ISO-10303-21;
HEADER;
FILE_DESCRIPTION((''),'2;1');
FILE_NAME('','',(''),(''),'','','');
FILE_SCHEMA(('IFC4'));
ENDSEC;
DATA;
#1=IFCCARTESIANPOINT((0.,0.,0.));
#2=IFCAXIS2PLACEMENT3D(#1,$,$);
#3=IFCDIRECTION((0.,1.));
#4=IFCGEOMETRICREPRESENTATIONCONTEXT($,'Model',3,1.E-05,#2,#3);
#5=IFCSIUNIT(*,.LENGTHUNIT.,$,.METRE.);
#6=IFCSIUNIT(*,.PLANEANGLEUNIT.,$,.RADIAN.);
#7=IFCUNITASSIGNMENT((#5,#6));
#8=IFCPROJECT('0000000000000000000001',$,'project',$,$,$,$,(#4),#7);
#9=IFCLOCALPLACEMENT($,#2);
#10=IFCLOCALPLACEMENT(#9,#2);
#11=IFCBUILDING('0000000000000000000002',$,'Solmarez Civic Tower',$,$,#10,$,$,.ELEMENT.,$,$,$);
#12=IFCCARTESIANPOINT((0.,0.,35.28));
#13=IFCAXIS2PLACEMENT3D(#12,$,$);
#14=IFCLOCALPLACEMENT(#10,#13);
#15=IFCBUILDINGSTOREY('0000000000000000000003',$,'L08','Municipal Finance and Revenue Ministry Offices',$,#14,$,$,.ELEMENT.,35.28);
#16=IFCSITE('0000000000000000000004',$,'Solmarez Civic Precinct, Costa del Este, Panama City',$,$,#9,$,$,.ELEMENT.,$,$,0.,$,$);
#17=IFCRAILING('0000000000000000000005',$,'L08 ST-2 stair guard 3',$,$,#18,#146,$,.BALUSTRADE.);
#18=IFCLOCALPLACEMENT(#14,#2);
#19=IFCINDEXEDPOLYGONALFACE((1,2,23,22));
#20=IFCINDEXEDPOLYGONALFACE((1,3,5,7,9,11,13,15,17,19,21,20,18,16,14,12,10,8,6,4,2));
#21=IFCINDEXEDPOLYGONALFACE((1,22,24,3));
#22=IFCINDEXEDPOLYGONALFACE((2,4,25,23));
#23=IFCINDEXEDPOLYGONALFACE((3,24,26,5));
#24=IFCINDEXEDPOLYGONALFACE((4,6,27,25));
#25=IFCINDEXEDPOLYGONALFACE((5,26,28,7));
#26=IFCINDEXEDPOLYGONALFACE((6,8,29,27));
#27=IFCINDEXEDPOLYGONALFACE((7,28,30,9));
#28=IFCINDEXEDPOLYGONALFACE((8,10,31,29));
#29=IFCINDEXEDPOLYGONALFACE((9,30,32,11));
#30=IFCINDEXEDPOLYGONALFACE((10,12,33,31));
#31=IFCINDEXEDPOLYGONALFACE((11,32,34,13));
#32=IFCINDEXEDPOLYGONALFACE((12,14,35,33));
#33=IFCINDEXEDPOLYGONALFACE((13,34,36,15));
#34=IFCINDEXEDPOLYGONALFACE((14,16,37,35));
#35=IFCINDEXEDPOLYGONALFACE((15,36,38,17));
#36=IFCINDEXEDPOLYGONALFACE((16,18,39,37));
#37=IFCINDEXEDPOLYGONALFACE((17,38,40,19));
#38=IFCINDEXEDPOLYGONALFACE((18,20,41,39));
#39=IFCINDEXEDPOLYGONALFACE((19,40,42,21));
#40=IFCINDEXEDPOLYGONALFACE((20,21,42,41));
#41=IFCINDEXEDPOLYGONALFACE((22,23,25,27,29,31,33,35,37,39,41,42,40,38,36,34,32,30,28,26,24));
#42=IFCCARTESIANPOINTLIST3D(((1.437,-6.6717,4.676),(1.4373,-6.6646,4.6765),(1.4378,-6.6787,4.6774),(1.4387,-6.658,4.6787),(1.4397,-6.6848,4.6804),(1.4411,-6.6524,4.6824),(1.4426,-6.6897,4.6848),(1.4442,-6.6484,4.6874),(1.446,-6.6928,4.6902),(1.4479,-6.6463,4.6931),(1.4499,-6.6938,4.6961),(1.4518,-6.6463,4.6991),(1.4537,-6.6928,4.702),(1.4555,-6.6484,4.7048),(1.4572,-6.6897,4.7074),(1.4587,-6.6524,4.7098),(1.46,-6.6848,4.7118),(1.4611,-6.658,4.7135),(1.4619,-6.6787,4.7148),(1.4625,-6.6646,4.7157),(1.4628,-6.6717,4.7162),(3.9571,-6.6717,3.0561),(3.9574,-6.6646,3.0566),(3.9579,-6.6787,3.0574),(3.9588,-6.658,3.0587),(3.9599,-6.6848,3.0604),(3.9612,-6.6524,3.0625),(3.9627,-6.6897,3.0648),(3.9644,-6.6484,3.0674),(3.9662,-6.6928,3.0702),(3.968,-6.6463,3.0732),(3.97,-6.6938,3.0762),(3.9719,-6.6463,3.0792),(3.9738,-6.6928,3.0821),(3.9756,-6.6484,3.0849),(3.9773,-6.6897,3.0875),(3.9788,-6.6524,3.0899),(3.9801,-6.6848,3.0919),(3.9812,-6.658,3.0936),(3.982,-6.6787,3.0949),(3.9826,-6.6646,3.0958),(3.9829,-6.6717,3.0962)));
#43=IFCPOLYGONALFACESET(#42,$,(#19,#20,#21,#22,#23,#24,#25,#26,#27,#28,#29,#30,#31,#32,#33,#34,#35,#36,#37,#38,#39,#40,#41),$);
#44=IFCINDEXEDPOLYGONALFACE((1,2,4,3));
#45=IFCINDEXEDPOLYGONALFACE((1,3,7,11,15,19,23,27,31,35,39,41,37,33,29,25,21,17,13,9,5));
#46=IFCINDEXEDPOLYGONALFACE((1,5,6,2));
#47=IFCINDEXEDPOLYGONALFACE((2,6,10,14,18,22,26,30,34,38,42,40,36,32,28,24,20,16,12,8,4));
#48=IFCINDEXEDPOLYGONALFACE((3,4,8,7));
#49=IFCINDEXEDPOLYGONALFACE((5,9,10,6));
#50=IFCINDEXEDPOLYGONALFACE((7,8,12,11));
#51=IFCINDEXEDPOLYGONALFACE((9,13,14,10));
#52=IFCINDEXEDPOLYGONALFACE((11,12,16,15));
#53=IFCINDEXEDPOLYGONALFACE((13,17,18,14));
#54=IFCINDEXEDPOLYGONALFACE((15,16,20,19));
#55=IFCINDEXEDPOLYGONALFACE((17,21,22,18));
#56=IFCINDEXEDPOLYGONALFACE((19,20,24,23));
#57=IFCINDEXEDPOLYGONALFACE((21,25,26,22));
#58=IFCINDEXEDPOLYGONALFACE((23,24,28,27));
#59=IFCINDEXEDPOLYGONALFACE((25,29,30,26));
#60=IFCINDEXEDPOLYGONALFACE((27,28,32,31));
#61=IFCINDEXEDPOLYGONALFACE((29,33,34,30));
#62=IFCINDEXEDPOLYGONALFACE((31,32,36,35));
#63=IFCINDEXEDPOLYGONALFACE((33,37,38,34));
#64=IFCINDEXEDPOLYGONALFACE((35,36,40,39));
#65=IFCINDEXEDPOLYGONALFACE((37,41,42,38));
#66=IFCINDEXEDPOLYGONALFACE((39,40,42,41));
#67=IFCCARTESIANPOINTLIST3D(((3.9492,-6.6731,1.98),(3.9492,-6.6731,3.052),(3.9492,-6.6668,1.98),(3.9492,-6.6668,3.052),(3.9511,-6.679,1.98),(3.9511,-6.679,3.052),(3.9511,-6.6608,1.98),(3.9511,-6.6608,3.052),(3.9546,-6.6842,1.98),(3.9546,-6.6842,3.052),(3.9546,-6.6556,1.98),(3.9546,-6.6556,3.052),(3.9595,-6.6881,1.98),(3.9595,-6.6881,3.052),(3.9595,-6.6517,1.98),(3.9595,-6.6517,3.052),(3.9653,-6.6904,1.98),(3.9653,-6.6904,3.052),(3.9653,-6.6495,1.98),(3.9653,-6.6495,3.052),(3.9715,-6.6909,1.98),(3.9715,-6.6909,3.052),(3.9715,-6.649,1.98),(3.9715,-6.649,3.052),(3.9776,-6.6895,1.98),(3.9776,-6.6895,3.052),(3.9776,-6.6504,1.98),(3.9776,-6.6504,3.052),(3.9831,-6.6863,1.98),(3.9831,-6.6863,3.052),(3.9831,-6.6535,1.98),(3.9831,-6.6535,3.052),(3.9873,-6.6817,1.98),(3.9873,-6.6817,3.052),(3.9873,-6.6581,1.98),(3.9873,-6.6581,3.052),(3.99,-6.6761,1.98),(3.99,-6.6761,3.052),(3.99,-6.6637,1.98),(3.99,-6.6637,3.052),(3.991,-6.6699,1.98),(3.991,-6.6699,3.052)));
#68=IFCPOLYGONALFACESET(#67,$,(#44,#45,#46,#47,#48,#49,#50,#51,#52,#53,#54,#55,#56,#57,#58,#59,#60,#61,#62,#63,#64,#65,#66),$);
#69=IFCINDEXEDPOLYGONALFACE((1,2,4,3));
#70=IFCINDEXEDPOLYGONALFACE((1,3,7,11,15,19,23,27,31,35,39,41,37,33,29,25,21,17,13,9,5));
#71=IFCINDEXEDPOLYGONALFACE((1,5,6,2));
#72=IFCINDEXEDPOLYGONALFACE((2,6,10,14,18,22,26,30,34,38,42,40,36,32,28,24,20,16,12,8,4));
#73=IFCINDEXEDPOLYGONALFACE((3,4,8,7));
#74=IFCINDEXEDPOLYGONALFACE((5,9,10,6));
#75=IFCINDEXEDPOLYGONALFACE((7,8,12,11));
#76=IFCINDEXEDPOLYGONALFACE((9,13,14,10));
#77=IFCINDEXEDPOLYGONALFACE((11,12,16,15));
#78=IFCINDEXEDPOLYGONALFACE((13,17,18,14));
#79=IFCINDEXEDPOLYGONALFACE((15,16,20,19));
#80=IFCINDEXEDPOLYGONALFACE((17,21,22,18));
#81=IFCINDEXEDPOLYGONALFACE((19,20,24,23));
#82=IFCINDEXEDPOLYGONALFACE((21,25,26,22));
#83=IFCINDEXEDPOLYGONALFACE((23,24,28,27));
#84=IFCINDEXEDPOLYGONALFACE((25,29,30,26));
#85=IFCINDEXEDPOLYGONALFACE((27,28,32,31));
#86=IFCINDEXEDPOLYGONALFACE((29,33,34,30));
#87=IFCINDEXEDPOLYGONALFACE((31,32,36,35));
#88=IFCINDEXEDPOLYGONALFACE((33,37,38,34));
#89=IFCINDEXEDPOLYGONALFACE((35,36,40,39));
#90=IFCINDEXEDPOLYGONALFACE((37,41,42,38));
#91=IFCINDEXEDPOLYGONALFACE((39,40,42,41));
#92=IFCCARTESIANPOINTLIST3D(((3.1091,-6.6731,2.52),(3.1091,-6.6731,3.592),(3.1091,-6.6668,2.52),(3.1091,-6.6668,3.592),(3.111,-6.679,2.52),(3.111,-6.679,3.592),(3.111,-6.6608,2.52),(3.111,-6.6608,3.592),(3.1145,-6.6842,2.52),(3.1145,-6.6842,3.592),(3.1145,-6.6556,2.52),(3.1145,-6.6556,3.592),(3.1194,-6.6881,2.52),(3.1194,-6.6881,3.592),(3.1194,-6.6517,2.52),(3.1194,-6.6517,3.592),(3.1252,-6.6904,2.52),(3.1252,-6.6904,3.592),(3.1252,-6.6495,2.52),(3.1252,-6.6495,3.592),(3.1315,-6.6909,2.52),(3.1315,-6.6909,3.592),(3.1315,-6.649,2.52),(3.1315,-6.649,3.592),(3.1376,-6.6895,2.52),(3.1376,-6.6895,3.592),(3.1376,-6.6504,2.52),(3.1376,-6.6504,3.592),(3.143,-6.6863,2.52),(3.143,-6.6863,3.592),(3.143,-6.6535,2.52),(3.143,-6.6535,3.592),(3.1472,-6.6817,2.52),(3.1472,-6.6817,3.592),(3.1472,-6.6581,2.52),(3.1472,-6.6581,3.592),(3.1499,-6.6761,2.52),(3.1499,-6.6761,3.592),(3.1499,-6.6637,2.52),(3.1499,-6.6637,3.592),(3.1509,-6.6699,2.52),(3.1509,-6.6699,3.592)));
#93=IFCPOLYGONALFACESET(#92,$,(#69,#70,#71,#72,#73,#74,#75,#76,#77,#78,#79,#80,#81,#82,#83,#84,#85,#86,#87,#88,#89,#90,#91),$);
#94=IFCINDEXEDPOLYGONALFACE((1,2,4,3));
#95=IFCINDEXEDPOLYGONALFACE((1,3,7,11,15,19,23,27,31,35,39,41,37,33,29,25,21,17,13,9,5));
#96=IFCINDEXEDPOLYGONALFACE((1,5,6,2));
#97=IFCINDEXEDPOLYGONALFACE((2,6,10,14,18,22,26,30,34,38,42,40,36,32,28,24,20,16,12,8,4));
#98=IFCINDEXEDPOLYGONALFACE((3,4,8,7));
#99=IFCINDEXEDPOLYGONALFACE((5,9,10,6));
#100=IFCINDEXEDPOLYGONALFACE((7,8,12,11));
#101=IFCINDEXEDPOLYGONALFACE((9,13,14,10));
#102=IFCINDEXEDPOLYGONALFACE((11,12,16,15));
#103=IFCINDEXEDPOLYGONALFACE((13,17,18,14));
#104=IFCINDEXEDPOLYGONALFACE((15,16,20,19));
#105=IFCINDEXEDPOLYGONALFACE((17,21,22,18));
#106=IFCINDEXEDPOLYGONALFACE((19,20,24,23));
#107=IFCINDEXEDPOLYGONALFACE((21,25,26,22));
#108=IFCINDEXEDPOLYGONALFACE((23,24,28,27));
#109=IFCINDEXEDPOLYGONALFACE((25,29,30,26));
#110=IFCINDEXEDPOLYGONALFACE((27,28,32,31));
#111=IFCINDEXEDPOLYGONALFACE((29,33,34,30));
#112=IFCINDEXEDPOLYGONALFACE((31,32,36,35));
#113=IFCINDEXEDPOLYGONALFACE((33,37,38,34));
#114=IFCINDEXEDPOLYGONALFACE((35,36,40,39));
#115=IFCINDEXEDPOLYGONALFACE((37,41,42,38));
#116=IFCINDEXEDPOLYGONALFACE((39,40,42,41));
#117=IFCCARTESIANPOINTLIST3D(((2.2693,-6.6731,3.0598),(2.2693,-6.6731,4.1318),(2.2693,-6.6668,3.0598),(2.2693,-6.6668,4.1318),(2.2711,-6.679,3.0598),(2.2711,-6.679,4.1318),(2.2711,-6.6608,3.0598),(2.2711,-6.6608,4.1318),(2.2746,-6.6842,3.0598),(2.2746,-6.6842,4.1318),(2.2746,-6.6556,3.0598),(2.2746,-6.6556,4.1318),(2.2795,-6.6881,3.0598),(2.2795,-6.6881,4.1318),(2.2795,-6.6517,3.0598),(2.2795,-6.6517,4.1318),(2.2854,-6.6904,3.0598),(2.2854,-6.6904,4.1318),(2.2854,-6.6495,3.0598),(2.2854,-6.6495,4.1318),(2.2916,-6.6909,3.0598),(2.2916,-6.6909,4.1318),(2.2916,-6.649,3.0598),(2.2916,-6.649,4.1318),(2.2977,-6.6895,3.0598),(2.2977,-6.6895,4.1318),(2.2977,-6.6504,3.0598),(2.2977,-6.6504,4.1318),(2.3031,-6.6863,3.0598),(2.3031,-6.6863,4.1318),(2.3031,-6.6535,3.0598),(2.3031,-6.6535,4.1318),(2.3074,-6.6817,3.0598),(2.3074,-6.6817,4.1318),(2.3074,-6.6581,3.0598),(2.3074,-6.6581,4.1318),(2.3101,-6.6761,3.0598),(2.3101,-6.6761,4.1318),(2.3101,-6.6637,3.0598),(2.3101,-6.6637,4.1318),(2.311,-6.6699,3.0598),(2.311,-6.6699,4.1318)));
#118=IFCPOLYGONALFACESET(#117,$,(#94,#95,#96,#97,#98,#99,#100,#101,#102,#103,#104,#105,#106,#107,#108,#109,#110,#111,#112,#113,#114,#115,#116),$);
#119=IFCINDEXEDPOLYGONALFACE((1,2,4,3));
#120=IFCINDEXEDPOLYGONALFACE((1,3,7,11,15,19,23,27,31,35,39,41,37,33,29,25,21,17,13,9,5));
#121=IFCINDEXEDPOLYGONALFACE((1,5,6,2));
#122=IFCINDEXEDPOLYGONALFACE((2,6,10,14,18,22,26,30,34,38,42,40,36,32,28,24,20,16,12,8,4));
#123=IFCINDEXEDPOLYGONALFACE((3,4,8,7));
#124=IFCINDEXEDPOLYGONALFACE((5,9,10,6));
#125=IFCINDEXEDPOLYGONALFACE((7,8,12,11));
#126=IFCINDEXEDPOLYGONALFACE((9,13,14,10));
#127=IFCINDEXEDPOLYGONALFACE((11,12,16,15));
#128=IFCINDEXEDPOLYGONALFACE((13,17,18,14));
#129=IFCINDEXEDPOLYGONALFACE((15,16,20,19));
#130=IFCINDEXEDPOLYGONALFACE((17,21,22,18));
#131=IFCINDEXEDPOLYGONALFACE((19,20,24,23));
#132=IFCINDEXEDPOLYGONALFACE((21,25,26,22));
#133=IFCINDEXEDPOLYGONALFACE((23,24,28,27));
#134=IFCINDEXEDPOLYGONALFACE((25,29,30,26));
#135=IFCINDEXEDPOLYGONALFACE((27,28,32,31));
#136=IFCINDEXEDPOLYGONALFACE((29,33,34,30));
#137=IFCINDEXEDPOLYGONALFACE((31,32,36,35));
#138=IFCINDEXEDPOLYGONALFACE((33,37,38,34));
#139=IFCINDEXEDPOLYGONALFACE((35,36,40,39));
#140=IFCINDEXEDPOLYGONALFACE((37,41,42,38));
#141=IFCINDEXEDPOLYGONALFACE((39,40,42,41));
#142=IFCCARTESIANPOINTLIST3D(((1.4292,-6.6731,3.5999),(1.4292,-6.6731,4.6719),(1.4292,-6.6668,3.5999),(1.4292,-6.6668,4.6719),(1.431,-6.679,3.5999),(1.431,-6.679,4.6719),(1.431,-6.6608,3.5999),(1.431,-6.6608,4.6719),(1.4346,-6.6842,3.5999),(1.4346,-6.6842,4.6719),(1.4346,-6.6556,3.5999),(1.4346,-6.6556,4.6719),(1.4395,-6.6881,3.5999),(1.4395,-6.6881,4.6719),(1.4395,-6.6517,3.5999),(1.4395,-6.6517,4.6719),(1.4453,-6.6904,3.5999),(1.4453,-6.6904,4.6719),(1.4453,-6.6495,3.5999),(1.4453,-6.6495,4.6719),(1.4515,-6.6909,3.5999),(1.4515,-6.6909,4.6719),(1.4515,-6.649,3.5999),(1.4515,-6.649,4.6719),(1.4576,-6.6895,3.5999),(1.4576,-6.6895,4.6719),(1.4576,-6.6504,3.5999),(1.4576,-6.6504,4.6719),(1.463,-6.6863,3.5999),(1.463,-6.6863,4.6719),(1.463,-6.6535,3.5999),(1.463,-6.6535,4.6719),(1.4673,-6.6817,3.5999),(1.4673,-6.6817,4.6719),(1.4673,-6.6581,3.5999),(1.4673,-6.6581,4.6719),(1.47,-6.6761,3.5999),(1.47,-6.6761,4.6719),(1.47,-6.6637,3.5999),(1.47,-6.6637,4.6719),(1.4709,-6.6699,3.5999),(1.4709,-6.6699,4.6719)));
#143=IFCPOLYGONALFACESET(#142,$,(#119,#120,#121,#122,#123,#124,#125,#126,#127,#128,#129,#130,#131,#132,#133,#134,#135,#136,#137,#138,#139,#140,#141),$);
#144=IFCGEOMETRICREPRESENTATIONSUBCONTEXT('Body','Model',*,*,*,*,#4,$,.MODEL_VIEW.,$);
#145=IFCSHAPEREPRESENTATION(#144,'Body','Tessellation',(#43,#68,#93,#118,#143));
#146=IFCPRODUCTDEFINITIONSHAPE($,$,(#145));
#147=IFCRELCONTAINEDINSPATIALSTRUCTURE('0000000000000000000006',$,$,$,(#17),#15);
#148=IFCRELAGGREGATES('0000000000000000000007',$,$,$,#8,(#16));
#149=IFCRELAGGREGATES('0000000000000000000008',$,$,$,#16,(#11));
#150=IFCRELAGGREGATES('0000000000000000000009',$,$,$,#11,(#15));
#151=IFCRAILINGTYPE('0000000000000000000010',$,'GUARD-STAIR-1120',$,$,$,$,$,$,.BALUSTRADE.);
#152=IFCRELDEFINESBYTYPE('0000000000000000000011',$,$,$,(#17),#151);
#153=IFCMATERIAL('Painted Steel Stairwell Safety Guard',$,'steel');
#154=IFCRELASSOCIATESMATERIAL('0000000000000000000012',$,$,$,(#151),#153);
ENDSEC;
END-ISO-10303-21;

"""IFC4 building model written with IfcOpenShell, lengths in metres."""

from ifc_helpers import new_model, si_unit, direction, frame, origin, origin_2d, place, context, subcontext, project, spatial, circle, extrude, material, type_object, element, save


model = new_model("IFC4")

# Units and contexts
model_context = context("Model", 3, precision=1e-05, world=origin(), true_north=direction((0.0, 1.0)))
body_context = subcontext(model_context, "Body", "Model", "MODEL_VIEW")
ifc_project = project(units=[si_unit("LENGTHUNIT", "METRE"), si_unit("PLANEANGLEUNIT", "RADIAN")], contexts=[model_context])

# Site, building, storey
site_placement = place(None, origin())
site = spatial("IfcSite", under=ifc_project, at=site_placement, Name="Solmarez Civic Precinct, Costa del Este, Panama City", CompositionType="ELEMENT", RefElevation=0.0)
building_placement = place(site_placement, origin())
building = spatial("IfcBuilding", under=site, at=building_placement, Name="Solmarez Civic Tower", CompositionType="ELEMENT")
storey_placement = place(building_placement, frame((0.0, 0.0, 35.28)))
storey = spatial("IfcBuildingStorey", under=building, at=storey_placement, Name="L08", Description="Municipal Finance and Revenue Ministry Offices", CompositionType="ELEMENT", Elevation=35.28)

# Railing
ifc_material_1 = material(Name="Painted Steel Stairwell Safety Guard", Category="steel")
railing_type_1 = type_object("IfcRailingType", Name="GUARD-STAIR-1120", PredefinedType="BALUSTRADE", material=ifc_material_1)
railing_1_placement = place(storey_placement, frame((3.97, -6.6699, 1.98)))
element("IfcRailing", 1, at=railing_1_placement, inside=storey, type_object=railing_type_1, Name="L08 ST-2 stair guard 3", PredefinedType="BALUSTRADE", context=body_context, shape_type="SweptSolid", body=[
    extrude(circle(Radius=0.0239, at=origin_2d()), frame((0.0, 0.0, 1.0962), z_axis=(-0.8412, 0.0, 0.540725), x_axis=(0.0, -1.0, 0.0)), (0.0, 0.0, 1.0), 2.9958),
    extrude(circle(Radius=0.021, at=origin_2d()), origin(), (0.0, 0.0, 1.0), 1.072),
    extrude(circle(Radius=0.021, at=origin_2d()), frame((-0.8401, 0.0, 0.54)), (0.0, 0.0, 1.0), 1.072),
    extrude(circle(Radius=0.021, at=origin_2d()), frame((-1.6799, 0.0, 1.0798)), (0.0, 0.0, 1.0), 1.072),
    extrude(circle(Radius=0.021, at=origin_2d()), frame((-2.52, 0.0, 1.6199)), (0.0, 0.0, 1.0), 1.072),
])

save(model, "model.ifc")
